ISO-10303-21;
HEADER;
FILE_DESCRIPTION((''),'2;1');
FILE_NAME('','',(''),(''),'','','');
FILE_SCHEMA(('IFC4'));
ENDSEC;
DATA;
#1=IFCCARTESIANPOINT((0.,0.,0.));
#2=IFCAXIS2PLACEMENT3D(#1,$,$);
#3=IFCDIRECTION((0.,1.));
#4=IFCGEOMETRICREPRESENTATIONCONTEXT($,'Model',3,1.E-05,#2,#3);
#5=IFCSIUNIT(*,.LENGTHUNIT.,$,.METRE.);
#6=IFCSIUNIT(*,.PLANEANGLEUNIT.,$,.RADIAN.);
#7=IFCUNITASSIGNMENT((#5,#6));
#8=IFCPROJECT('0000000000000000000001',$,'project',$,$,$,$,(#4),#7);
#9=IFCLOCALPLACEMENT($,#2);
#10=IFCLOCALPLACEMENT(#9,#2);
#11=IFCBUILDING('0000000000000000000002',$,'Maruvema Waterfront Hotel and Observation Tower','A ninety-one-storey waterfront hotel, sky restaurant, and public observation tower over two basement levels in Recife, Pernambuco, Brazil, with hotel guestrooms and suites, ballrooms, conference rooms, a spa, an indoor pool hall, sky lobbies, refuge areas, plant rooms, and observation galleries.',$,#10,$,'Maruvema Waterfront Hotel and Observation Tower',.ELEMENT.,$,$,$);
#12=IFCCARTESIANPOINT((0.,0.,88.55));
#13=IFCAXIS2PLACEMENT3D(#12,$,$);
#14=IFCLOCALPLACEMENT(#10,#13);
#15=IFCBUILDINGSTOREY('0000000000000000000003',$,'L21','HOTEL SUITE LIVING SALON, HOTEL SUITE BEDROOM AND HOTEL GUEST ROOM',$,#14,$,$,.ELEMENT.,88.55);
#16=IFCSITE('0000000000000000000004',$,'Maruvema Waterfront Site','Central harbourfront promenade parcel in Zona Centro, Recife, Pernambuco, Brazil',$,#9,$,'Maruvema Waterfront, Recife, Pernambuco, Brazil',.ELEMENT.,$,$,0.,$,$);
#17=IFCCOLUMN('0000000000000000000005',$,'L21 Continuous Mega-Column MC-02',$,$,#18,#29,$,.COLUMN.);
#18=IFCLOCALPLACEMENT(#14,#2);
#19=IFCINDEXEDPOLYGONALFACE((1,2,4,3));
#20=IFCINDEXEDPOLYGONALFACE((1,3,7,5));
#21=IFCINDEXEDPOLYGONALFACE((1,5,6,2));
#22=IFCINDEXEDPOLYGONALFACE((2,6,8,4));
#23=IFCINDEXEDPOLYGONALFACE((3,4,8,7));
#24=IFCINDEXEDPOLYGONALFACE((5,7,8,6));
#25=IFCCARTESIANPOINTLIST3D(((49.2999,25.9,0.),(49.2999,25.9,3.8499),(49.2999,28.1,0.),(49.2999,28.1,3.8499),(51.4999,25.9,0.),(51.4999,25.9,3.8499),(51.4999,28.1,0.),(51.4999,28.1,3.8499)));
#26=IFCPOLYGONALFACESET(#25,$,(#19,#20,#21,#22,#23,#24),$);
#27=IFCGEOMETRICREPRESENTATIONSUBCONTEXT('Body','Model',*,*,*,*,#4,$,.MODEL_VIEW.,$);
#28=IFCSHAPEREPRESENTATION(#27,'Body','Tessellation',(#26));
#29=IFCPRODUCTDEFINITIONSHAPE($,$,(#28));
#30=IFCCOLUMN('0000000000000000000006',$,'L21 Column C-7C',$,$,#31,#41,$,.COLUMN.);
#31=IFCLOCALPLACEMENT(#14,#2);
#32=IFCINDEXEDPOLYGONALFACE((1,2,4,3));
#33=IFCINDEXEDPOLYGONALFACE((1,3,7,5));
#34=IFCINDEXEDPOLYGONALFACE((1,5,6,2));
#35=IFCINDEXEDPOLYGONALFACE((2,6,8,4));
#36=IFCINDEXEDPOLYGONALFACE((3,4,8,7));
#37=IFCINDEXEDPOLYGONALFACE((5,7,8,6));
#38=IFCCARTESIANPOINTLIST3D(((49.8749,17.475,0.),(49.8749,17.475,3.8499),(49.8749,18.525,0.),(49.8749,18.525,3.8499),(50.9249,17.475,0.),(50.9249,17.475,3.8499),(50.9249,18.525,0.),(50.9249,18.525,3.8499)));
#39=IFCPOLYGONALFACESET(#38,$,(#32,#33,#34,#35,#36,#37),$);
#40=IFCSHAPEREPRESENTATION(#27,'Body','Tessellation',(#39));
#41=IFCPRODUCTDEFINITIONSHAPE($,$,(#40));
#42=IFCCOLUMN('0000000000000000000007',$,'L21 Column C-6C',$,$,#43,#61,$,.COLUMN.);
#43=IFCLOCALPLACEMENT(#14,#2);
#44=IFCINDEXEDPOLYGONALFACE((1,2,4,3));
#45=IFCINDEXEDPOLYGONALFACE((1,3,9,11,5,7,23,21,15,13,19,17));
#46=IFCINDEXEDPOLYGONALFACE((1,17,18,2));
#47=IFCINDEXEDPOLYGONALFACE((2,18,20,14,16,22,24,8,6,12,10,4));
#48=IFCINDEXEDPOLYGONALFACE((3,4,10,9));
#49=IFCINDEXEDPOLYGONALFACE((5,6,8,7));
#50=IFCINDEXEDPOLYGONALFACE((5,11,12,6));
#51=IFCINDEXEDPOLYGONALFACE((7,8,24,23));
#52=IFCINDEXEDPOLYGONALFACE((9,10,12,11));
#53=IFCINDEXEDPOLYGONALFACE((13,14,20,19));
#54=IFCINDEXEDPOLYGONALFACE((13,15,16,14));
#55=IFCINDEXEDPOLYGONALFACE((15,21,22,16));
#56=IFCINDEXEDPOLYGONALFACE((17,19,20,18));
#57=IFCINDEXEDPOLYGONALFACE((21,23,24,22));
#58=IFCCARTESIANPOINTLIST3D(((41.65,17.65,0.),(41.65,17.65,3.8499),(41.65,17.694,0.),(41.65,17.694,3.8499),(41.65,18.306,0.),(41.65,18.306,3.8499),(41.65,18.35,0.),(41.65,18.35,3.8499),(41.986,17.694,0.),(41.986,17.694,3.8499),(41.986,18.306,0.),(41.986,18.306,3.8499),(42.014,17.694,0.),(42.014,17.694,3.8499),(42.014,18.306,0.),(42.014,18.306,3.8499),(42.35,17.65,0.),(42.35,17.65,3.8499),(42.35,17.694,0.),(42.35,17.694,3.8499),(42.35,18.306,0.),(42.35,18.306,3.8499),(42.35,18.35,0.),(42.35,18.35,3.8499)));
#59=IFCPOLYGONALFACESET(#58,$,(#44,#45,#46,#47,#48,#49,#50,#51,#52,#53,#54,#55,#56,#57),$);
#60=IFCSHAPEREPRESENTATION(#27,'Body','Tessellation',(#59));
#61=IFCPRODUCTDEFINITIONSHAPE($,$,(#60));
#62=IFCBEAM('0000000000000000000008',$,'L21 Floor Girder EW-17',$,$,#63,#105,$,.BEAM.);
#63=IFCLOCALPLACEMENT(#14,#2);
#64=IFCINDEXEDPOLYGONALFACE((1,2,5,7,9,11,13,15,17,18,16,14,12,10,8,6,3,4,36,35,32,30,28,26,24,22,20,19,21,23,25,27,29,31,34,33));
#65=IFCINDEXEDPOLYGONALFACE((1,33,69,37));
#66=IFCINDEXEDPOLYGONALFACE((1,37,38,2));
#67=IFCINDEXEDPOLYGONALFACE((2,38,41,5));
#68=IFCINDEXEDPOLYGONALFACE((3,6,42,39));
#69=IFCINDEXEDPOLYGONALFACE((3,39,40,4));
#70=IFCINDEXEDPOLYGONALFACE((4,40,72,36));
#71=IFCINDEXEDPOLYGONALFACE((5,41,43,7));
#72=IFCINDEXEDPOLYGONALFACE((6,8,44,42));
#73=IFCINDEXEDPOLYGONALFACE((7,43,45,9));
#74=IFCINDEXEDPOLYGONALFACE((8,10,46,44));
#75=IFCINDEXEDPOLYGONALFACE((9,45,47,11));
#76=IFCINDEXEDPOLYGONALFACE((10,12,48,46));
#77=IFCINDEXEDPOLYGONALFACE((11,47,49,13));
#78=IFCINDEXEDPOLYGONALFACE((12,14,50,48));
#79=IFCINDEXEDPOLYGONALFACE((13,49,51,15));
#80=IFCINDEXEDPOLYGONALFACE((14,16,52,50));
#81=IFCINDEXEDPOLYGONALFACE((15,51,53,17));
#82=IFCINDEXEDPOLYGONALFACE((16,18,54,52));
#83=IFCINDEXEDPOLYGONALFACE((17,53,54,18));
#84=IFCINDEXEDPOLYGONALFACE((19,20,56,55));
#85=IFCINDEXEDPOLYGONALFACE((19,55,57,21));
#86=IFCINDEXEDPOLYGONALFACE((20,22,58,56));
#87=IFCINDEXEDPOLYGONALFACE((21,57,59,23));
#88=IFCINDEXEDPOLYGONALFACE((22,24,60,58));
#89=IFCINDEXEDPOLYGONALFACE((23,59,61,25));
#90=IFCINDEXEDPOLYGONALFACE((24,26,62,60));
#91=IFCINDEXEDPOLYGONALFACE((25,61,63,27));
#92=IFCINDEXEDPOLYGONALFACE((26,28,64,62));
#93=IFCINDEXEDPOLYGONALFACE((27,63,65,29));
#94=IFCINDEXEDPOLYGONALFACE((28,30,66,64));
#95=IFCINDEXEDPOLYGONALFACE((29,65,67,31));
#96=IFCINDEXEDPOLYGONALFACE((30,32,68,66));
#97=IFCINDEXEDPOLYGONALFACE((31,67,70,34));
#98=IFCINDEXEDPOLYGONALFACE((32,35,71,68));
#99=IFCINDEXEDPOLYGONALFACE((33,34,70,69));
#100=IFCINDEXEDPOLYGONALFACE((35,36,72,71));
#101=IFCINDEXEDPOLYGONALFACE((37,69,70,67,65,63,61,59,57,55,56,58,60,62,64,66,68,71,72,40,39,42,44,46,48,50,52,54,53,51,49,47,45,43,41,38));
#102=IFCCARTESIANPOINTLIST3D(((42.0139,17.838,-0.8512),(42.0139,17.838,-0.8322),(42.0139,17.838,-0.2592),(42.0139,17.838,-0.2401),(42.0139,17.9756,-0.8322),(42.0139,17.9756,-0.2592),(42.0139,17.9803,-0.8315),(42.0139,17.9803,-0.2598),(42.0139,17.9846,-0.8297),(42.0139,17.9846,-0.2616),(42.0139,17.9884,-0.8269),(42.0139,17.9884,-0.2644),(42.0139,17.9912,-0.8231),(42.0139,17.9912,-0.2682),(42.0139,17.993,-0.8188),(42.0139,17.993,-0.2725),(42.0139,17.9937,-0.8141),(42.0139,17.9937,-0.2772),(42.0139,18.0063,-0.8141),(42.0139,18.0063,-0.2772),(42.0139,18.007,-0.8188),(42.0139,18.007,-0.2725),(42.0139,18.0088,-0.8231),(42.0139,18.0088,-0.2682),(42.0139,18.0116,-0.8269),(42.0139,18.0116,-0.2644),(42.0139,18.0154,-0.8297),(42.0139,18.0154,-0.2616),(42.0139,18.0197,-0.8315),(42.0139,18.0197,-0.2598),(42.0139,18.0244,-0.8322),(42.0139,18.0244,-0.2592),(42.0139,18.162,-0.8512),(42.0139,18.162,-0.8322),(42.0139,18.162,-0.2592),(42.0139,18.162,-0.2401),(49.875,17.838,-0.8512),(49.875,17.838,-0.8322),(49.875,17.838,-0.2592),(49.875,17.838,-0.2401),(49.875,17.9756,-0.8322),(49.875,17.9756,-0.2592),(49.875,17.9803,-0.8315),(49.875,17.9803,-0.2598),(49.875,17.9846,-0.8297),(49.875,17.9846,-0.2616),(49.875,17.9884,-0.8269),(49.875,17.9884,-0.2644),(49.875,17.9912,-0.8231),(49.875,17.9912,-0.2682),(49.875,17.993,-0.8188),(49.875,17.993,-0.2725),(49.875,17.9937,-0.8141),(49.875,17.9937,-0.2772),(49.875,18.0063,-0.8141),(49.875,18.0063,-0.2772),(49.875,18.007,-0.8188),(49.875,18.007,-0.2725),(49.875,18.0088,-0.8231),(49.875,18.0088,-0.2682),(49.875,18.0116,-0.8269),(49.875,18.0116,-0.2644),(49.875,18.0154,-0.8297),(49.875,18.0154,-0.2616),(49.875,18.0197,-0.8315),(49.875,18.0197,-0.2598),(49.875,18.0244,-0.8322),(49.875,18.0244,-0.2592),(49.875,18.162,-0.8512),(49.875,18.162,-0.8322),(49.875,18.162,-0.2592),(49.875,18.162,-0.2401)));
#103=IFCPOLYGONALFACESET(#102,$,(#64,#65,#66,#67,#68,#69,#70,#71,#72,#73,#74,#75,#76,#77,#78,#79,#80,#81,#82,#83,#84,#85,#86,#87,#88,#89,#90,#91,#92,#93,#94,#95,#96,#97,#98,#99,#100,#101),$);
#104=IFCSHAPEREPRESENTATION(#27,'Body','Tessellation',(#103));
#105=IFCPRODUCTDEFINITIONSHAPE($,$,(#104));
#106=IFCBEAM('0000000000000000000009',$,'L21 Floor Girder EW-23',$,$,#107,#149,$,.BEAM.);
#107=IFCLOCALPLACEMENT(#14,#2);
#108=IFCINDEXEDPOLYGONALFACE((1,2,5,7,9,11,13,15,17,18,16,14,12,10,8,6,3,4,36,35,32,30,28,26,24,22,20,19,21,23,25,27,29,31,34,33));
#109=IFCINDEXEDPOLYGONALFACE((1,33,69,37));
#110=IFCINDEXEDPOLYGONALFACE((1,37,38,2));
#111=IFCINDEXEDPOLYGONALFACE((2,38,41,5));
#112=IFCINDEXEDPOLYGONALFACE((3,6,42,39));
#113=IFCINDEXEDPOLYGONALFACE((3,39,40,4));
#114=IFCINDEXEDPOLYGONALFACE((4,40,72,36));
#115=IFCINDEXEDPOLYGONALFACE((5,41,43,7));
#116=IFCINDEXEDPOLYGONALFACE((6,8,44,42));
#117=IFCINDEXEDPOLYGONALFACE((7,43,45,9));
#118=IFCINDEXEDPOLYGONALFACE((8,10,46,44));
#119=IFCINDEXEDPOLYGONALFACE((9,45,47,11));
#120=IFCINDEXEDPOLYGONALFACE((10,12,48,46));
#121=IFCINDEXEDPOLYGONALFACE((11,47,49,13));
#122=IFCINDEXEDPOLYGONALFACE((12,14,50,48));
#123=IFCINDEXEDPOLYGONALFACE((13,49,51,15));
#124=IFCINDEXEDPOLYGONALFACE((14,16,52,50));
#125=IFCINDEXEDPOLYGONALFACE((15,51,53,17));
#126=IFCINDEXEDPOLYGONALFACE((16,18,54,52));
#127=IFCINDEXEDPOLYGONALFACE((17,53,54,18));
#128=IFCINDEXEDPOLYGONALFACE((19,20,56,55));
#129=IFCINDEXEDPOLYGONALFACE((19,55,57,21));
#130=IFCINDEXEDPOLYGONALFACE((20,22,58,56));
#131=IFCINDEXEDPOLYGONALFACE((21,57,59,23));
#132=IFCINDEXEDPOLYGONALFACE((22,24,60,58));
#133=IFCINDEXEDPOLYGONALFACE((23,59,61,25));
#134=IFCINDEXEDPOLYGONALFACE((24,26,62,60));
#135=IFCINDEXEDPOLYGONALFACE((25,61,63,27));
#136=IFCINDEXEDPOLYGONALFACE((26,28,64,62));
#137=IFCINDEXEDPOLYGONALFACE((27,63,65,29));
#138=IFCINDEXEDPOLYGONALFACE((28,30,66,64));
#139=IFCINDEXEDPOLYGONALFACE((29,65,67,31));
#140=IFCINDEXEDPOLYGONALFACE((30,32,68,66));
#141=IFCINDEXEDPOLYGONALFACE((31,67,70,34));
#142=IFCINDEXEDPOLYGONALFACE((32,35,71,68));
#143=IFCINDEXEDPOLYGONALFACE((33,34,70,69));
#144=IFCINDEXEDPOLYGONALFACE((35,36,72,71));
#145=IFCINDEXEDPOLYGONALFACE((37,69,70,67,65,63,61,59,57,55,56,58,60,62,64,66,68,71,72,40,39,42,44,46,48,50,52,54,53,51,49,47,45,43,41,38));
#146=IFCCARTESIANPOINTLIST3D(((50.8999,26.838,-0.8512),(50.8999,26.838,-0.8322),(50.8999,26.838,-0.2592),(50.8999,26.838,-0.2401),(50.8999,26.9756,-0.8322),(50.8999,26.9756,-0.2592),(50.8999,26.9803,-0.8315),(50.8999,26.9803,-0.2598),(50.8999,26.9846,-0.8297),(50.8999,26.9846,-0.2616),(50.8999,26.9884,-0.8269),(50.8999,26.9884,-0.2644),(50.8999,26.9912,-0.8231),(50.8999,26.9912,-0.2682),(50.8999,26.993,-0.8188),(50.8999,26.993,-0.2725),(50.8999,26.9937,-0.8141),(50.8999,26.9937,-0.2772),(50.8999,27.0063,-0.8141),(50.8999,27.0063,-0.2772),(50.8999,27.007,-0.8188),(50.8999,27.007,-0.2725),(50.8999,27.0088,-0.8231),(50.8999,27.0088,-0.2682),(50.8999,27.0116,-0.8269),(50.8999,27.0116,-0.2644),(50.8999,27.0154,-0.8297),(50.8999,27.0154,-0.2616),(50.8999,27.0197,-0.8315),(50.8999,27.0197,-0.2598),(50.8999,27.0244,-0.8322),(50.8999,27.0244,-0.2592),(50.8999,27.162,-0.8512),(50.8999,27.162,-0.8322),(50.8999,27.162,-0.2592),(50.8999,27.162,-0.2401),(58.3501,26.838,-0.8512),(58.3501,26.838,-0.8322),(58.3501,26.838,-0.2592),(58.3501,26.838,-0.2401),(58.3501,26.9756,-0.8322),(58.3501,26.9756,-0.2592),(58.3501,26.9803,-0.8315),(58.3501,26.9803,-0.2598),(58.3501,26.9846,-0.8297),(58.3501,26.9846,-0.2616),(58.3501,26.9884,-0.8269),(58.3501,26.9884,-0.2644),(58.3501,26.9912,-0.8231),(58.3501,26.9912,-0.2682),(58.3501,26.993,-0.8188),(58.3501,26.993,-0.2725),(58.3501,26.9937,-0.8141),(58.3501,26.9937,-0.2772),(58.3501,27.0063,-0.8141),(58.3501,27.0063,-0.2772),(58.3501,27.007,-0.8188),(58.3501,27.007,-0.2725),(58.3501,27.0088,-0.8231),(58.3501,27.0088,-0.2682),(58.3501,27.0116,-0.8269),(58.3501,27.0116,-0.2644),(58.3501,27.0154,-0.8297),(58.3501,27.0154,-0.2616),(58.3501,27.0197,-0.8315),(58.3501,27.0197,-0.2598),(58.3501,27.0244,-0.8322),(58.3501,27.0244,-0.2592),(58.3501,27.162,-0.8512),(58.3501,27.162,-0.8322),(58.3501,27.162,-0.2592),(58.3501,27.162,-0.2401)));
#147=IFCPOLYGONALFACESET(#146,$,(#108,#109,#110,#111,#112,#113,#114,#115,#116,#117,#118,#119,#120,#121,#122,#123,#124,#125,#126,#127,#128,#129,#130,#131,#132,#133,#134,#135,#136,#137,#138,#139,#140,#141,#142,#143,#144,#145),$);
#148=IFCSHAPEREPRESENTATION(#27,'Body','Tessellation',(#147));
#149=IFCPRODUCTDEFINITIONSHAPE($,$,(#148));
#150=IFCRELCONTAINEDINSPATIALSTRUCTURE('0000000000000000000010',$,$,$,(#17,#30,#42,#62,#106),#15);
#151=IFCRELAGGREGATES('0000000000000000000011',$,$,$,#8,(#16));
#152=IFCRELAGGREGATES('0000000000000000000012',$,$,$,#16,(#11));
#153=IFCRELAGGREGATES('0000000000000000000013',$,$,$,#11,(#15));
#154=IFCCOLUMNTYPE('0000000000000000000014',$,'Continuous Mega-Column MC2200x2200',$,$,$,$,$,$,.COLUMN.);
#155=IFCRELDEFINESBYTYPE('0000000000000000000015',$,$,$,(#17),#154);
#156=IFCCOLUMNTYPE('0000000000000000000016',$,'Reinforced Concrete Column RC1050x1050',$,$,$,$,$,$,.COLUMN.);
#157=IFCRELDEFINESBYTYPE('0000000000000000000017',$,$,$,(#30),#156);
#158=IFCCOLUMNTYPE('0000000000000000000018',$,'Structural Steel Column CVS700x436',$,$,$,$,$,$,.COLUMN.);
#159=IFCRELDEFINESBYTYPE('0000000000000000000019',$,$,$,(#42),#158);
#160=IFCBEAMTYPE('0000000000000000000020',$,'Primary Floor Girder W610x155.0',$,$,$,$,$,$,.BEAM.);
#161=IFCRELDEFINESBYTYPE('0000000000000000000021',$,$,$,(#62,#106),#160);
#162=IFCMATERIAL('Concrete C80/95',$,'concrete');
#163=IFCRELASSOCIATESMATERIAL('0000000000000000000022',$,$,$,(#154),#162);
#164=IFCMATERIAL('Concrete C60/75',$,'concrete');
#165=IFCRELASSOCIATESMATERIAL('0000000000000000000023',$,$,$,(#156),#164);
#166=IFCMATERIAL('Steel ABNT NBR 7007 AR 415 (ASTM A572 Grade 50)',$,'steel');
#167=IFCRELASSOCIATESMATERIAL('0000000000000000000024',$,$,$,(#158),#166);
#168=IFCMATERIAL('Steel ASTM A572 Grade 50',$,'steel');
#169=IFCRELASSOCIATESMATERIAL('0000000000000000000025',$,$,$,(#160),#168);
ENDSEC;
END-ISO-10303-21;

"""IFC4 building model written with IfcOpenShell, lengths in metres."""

from ifc_helpers import new_model, si_unit, direction, frame, origin, origin_2d, place, context, subcontext, project, spatial, rectangle, i_section, extrude, material, material_profile, profile_set, type_object, element, save


model = new_model("IFC4")

# Units and contexts
model_context = context("Model", 3, precision=1e-05, world=origin(), true_north=direction((0.0, 1.0)))
body_context = subcontext(model_context, "Body", "Model", "MODEL_VIEW")
ifc_project = project(units=[si_unit("LENGTHUNIT", "METRE"), si_unit("PLANEANGLEUNIT", "RADIAN")], contexts=[model_context])

# Site, building, storey
site_placement = place(None, origin())
site = spatial("IfcSite", under=ifc_project, at=site_placement, Name="Maruvema Waterfront Site", Description="Central harbourfront promenade parcel in Zona Centro, Recife, Pernambuco, Brazil", LongName="Maruvema Waterfront, Recife, Pernambuco, Brazil", CompositionType="ELEMENT", RefElevation=0.0)
building_placement = place(site_placement, origin())
building = spatial("IfcBuilding", under=site, at=building_placement, Name="Maruvema Waterfront Hotel and Observation Tower", Description="A ninety-one-storey waterfront hotel, sky restaurant, and public observation tower over two basement levels in Recife, Pernambuco, Brazil, with hotel guestrooms and suites, ballrooms, conference rooms, a spa, an indoor pool hall, sky lobbies, refuge areas, plant rooms, and observation galleries.", LongName="Maruvema Waterfront Hotel and Observation Tower", CompositionType="ELEMENT")
storey_placement = place(building_placement, frame((0.0, 0.0, 88.55)))
storey = spatial("IfcBuildingStorey", under=building, at=storey_placement, Name="L21", Description="HOTEL SUITE LIVING SALON, HOTEL SUITE BEDROOM AND HOTEL GUEST ROOM", CompositionType="ELEMENT", Elevation=88.55)

# Columns
ifc_material_1 = material(Name="Concrete C80/95", Category="concrete")
ifc_material_profile_1 = material_profile(ifc_material_1, rectangle(XDim=2.2, YDim=2.2, at=origin_2d()), Name="MC2200x2200")
ifc_profile_set_1 = profile_set([ifc_material_profile_1], Name="Concrete C80/95")
column_type_1 = type_object("IfcColumnType", Name="Continuous Mega-Column MC2200x2200", PredefinedType="COLUMN", material=ifc_profile_set_1)
column_1_placement = place(storey_placement, frame((50.3999, 27.0, 0.0), z_axis=(0.0, 0.0, 1.0), x_axis=(1.0, 0.0, 0.0)))
element("IfcColumn", 1, at=column_1_placement, inside=storey, type_object=column_type_1, Name="L21 Continuous Mega-Column MC-02", PredefinedType="COLUMN", context=body_context, shape_type="SweptSolid", body=[
    extrude(rectangle(XDim=2.2, YDim=2.2, at=origin_2d()), origin(), (0.0, 0.0, 1.0), 3.8499),
])
ifc_material_2 = material(Name="Concrete C60/75", Category="concrete")
ifc_material_profile_2 = material_profile(ifc_material_2, rectangle(XDim=1.05, YDim=1.05, at=origin_2d()), Name="RC1050x1050")
ifc_profile_set_2 = profile_set([ifc_material_profile_2], Name="Concrete C60/75")
column_type_2 = type_object("IfcColumnType", Name="Reinforced Concrete Column RC1050x1050", PredefinedType="COLUMN", material=ifc_profile_set_2)
column_2_placement = place(storey_placement, frame((50.3999, 18.0, 0.0), z_axis=(0.0, 0.0, 1.0), x_axis=(1.0, 0.0, 0.0)))
element("IfcColumn", 2, at=column_2_placement, inside=storey, type_object=column_type_2, Name="L21 Column C-7C", PredefinedType="COLUMN", context=body_context, shape_type="SweptSolid", body=[
    extrude(rectangle(XDim=1.05, YDim=1.05, at=origin_2d()), origin(), (0.0, 0.0, 1.0), 3.8499),
])
ifc_material_3 = material(Name="Steel ABNT NBR 7007 AR 415 (ASTM A572 Grade 50)", Category="steel")
ifc_material_profile_3 = material_profile(ifc_material_3, i_section(OverallWidth=0.7, OverallDepth=0.7, WebThickness=0.0281, FlangeThickness=0.0439, at=origin_2d()), Name="CVS700x436")
ifc_profile_set_3 = profile_set([ifc_material_profile_3], Name="Steel ABNT NBR 7007 AR 415 (ASTM A572 Grade 50)")
column_type_3 = type_object("IfcColumnType", Name="Structural Steel Column CVS700x436", PredefinedType="COLUMN", material=ifc_profile_set_3)
column_3_placement = place(storey_placement, frame((42.0, 18.0, 0.0), z_axis=(0.0, 0.0, 1.0), x_axis=(1.0, 0.0, 0.0)))
element("IfcColumn", 3, at=column_3_placement, inside=storey, type_object=column_type_3, Name="L21 Column C-6C", PredefinedType="COLUMN", context=body_context, shape_type="SweptSolid", body=[
    extrude(i_section(OverallWidth=0.7, OverallDepth=0.7, WebThickness=0.0281, FlangeThickness=0.0439, at=origin_2d()), origin(), (0.0, 0.0, 1.0), 3.8499),
])

# Beams
ifc_material_4 = material(Name="Steel ASTM A572 Grade 50", Category="steel")
ifc_material_profile_4 = material_profile(ifc_material_4, i_section(OverallWidth=0.324, OverallDepth=0.6111, WebThickness=0.0127, FlangeThickness=0.019, FilletRadius=0.0181, at=origin_2d()), Name="W610x155.0")
ifc_profile_set_4 = profile_set([ifc_material_profile_4], Name="Steel ASTM A572 Grade 50")
beam_type = type_object("IfcBeamType", Name="Primary Floor Girder W610x155.0", PredefinedType="BEAM", material=ifc_profile_set_4)
beam_1_placement = place(storey_placement, frame((42.0139, 18.0, -0.5457), z_axis=(1.0, 0.0, 0.0), x_axis=(0.0, 1.0, 0.0)))
element("IfcBeam", 4, at=beam_1_placement, inside=storey, type_object=beam_type, Name="L21 Floor Girder EW-17", PredefinedType="BEAM", context=body_context, shape_type="SweptSolid", body=[
    extrude(i_section(OverallWidth=0.324, OverallDepth=0.6111, WebThickness=0.0127, FlangeThickness=0.019, FilletRadius=0.0181, at=origin_2d()), origin(), (0.0, 0.0, 1.0), 7.8611),
])
beam_2_placement = place(storey_placement, frame((50.8999, 27.0, -0.5457), z_axis=(1.0, 0.0, 0.0), x_axis=(0.0, 1.0, 0.0)))
element("IfcBeam", 5, at=beam_2_placement, inside=storey, type_object=beam_type, Name="L21 Floor Girder EW-23", PredefinedType="BEAM", context=body_context, shape_type="SweptSolid", body=[
    extrude(i_section(OverallWidth=0.324, OverallDepth=0.6111, WebThickness=0.0127, FlangeThickness=0.019, FilletRadius=0.0181, at=origin_2d()), origin(), (0.0, 0.0, 1.0), 7.4502),
])

save(model, "model.ifc")
